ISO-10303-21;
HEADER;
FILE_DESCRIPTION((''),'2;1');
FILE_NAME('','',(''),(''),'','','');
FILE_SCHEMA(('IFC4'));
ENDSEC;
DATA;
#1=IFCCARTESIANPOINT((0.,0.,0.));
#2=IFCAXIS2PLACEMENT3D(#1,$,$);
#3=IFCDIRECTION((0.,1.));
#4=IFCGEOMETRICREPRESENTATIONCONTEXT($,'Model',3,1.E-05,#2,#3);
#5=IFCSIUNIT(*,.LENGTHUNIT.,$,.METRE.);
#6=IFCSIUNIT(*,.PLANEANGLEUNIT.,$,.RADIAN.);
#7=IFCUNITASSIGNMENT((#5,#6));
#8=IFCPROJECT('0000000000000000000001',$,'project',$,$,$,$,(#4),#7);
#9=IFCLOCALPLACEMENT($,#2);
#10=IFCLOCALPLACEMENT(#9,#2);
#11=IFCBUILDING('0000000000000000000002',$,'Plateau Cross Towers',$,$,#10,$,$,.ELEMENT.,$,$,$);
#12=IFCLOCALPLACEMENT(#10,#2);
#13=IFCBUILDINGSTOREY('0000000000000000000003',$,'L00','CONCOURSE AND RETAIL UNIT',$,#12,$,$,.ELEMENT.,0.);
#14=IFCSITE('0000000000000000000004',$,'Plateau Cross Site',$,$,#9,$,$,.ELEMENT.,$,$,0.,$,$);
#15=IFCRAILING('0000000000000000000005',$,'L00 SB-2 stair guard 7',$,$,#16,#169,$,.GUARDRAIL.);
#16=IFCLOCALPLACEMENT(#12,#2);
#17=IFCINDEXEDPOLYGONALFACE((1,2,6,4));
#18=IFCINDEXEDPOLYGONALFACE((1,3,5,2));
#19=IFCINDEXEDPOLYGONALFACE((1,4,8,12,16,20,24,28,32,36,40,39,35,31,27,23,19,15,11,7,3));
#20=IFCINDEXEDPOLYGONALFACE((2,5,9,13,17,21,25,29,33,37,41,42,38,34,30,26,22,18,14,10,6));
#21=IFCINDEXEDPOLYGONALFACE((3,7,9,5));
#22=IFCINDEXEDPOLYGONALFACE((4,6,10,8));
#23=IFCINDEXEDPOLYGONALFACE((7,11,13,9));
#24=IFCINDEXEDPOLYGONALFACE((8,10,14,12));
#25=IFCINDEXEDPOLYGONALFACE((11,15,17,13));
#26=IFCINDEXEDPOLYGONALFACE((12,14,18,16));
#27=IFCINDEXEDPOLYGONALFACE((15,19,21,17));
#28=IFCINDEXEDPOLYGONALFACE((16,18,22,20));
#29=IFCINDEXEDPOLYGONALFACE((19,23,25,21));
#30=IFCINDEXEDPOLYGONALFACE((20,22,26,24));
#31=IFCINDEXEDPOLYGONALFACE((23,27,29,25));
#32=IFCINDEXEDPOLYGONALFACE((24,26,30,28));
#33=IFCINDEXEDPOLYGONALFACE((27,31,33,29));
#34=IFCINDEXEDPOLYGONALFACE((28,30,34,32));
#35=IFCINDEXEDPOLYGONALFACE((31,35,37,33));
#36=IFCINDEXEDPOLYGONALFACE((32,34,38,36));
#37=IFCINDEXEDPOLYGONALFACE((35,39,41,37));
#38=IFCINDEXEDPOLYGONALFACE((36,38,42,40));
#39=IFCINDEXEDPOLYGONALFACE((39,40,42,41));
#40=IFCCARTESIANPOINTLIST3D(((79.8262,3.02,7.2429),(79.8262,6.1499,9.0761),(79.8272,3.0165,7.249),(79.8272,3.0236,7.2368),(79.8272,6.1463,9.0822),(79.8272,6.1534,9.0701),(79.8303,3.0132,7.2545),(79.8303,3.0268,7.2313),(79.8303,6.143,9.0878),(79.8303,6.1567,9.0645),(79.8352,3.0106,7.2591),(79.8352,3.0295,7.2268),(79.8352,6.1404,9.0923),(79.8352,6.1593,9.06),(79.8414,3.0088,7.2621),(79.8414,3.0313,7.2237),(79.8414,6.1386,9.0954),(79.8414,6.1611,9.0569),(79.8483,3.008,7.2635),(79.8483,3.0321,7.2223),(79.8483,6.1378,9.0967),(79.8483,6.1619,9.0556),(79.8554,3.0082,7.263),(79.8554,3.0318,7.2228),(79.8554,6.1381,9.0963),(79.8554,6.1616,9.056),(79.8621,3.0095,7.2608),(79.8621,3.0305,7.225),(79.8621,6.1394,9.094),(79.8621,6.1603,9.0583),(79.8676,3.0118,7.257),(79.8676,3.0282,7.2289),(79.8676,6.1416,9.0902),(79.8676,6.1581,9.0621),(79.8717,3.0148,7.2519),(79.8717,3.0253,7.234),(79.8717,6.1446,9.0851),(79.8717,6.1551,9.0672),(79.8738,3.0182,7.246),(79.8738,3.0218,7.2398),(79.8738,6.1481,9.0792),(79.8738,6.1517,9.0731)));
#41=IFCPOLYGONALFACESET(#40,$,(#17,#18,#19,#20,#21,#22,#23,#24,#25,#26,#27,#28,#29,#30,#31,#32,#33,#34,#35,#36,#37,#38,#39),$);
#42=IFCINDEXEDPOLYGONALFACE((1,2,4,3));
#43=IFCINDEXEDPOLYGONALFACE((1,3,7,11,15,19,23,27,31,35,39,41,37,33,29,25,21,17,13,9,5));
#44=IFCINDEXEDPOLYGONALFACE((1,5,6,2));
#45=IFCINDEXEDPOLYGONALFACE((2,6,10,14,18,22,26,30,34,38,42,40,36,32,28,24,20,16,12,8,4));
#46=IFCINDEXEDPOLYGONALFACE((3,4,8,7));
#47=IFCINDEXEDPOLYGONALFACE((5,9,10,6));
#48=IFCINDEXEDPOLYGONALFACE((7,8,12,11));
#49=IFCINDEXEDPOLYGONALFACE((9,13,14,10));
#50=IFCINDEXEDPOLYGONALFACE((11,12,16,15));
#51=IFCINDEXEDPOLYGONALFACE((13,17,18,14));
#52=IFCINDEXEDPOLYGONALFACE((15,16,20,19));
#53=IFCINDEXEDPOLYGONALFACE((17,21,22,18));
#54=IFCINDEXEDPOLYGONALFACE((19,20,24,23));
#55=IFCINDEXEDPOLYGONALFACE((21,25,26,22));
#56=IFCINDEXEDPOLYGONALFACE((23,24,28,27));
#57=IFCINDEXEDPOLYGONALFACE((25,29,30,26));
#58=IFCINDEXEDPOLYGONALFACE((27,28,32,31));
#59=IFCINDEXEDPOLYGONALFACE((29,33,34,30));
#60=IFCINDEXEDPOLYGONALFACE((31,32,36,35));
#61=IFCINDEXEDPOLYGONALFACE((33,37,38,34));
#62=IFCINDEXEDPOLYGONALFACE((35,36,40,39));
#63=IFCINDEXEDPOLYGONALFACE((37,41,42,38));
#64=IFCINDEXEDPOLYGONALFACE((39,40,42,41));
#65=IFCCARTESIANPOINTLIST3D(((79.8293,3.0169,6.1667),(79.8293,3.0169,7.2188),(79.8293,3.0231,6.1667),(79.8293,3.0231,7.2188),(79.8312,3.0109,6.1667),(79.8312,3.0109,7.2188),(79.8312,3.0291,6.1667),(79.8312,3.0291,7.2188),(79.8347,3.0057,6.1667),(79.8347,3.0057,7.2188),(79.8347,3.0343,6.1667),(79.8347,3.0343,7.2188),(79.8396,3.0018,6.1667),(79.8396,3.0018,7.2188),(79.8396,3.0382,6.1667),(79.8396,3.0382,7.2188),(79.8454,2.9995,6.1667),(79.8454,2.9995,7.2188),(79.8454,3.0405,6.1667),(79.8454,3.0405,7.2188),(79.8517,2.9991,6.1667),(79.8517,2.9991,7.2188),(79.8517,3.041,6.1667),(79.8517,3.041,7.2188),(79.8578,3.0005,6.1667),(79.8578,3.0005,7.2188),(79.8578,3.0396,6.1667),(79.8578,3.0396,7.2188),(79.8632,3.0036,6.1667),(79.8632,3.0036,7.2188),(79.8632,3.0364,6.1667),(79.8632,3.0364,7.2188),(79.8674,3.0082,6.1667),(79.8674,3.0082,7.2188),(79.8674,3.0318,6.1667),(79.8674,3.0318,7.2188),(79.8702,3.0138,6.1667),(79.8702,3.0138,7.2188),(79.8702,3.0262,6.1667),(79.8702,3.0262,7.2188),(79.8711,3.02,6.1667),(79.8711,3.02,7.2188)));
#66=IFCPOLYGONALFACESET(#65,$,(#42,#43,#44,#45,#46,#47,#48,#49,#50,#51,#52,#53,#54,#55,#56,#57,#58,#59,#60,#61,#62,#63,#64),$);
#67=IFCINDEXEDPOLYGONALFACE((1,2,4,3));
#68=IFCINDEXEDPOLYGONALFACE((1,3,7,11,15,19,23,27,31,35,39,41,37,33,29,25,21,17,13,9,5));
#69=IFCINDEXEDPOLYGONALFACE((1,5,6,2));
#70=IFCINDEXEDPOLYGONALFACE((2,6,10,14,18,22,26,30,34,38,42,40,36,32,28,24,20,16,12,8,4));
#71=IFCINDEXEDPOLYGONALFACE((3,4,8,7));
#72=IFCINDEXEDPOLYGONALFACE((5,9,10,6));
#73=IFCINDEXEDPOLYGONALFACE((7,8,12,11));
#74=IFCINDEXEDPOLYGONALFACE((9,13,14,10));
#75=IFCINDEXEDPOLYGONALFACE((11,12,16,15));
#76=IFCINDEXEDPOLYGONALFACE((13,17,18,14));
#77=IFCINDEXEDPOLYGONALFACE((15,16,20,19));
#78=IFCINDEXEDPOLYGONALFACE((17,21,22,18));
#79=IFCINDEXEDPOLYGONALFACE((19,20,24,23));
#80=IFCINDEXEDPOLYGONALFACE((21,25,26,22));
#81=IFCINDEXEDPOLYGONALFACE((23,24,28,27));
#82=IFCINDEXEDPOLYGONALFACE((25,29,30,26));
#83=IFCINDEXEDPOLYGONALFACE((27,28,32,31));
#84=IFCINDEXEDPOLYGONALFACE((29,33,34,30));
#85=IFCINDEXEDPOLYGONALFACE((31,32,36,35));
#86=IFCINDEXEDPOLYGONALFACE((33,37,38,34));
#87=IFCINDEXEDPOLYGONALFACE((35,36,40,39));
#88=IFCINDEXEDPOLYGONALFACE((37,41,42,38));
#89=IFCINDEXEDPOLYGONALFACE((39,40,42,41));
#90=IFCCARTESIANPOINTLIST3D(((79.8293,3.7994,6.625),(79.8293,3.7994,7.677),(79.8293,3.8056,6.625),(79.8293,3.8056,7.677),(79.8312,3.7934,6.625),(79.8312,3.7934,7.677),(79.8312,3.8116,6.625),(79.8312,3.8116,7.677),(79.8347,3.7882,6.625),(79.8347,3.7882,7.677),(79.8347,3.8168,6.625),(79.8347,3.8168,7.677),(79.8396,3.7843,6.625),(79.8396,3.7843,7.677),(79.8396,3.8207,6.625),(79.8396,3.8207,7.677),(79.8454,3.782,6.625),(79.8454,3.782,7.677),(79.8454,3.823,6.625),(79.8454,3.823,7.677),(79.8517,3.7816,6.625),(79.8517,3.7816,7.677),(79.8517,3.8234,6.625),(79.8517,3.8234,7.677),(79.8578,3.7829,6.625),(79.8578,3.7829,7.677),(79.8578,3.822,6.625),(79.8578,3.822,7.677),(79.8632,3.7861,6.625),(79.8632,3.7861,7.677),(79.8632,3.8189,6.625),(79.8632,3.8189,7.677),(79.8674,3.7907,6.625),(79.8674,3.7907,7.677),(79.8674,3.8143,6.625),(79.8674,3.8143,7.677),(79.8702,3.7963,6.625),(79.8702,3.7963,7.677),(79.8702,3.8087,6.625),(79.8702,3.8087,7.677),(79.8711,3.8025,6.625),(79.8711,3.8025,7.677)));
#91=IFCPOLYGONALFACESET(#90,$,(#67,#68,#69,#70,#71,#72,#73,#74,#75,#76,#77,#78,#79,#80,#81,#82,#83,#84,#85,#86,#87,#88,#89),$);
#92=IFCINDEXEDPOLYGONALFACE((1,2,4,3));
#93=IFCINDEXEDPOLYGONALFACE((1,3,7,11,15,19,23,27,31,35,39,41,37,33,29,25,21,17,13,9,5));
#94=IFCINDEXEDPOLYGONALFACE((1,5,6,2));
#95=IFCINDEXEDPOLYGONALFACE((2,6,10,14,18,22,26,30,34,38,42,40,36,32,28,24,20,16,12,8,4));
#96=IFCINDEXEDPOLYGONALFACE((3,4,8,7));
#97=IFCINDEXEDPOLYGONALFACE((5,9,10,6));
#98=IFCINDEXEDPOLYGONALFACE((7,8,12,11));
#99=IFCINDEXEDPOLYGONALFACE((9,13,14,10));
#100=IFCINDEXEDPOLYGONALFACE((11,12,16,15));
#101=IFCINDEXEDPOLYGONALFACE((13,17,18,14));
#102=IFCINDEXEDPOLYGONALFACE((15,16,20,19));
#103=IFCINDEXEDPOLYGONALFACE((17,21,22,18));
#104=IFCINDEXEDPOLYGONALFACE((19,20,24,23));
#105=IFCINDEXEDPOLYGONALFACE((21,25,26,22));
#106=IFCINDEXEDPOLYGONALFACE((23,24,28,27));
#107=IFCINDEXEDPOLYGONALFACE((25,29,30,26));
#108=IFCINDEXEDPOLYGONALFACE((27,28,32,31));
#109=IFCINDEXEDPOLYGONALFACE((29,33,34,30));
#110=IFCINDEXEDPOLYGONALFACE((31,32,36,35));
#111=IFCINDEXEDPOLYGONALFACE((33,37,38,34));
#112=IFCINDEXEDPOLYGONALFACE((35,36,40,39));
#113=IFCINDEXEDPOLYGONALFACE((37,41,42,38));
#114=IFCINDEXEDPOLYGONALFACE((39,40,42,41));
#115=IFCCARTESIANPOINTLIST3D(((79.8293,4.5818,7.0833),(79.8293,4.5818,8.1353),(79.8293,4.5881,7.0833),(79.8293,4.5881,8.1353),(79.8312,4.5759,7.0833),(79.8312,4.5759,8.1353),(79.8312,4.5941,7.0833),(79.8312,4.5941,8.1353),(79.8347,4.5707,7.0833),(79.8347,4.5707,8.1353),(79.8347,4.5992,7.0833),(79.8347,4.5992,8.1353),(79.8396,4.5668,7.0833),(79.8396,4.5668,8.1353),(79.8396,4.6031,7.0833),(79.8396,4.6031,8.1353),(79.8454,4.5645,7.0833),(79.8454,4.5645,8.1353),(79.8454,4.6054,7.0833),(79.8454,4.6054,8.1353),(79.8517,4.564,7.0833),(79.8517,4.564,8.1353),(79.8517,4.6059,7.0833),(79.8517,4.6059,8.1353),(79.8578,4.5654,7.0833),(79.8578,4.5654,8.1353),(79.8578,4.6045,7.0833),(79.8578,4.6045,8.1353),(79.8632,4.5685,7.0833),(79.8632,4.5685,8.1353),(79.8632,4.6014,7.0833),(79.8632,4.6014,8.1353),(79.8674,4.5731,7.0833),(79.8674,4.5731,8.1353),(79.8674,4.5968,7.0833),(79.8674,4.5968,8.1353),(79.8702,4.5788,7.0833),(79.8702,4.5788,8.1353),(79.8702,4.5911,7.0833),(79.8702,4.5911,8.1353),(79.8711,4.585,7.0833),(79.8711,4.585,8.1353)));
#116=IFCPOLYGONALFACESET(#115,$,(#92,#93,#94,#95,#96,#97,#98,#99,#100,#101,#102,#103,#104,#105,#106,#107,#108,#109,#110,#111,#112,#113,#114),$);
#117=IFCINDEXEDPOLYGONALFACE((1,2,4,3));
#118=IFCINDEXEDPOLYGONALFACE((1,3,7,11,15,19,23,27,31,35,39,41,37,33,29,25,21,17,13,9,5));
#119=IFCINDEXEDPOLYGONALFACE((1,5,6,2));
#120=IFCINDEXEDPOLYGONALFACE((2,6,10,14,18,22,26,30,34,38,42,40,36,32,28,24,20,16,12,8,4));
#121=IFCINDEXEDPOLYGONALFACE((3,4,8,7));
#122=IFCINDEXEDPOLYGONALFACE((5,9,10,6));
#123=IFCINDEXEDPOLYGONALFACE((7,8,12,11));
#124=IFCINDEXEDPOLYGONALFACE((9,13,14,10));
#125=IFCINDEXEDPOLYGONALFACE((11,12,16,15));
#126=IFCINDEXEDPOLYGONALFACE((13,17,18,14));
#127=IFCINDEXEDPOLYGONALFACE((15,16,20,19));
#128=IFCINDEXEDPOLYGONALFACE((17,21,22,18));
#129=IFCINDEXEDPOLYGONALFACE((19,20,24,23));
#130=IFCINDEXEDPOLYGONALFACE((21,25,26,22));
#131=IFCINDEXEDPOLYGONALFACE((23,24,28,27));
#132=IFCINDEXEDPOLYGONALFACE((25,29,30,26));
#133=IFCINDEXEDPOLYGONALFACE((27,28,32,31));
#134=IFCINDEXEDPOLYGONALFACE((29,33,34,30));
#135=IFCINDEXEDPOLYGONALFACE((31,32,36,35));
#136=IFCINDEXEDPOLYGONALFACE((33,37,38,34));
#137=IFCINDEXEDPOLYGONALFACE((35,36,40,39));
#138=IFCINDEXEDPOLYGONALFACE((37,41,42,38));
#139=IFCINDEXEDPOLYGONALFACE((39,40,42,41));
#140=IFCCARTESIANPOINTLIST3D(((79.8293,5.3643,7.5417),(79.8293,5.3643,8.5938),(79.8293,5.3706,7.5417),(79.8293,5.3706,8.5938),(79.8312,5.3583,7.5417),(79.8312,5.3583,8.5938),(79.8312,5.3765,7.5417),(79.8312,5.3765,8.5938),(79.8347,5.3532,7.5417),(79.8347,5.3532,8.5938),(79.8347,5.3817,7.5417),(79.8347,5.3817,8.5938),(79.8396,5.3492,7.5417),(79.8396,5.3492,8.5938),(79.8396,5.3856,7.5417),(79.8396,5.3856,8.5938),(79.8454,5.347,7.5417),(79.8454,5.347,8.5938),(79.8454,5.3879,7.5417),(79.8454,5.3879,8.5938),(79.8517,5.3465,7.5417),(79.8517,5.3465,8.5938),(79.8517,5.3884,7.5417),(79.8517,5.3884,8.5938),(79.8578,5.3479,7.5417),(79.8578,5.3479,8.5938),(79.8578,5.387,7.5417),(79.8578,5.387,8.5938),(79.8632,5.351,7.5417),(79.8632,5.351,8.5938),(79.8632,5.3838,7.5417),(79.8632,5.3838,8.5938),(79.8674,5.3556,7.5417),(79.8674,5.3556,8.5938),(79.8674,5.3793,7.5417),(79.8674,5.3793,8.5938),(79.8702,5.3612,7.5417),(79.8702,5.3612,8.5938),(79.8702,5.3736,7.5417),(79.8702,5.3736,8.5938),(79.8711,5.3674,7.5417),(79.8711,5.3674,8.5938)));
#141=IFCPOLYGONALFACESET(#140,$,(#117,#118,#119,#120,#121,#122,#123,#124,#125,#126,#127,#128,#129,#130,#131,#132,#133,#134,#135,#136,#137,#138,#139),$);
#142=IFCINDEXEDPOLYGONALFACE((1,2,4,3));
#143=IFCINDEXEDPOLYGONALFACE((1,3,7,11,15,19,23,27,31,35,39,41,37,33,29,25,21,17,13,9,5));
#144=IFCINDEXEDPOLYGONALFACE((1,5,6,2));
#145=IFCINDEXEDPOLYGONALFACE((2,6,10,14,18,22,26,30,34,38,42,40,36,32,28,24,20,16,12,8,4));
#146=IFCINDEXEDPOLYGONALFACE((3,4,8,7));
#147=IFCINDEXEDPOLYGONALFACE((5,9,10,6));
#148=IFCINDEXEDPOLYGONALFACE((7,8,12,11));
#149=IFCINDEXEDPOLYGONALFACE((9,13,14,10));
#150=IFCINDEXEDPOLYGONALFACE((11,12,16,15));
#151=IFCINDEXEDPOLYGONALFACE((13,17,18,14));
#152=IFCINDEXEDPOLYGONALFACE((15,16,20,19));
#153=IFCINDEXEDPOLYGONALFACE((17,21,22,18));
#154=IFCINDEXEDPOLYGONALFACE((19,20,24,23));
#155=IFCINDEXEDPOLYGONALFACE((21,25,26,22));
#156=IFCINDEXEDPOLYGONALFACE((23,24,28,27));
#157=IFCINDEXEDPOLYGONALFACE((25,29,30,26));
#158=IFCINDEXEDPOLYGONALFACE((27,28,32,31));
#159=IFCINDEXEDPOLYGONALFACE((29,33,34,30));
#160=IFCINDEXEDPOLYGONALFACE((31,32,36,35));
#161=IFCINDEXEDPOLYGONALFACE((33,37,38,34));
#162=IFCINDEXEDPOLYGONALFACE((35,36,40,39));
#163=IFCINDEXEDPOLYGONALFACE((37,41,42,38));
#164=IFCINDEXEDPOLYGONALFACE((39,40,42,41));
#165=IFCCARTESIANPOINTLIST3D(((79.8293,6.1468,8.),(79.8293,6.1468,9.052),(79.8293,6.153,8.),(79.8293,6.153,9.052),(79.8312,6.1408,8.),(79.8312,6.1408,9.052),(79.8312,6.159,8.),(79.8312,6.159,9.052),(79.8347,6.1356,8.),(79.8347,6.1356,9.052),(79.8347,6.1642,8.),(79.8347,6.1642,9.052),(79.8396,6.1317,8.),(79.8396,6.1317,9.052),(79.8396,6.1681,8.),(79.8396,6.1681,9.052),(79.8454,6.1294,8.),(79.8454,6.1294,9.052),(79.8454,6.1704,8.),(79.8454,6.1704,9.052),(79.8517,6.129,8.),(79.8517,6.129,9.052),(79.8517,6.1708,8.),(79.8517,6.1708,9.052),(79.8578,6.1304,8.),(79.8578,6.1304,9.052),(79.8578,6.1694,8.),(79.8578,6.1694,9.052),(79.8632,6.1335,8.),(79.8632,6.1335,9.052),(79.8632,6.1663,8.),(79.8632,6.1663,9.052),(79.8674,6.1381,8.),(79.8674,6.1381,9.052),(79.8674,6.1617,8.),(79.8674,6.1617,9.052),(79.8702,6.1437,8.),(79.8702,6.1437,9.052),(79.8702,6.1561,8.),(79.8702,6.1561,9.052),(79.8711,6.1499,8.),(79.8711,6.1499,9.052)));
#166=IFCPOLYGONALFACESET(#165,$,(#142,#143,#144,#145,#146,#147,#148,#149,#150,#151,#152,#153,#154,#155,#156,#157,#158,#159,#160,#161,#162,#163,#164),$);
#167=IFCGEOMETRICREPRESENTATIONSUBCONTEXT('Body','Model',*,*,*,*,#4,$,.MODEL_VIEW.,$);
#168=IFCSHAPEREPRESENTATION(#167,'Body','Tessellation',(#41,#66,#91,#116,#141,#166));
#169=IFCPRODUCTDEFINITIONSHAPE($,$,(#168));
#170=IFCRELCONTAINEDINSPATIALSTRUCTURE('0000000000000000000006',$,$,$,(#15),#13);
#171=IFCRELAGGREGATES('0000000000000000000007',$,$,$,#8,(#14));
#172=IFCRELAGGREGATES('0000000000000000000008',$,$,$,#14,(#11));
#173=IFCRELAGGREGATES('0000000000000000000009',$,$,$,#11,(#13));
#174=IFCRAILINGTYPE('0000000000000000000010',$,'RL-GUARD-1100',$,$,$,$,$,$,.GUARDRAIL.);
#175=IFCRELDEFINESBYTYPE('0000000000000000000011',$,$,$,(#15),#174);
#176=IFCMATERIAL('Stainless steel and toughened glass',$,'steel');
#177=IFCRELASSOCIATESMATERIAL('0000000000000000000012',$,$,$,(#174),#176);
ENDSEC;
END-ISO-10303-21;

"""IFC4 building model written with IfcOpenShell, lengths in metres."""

from ifc_helpers import new_model, si_unit, direction, frame, origin, origin_2d, place, context, subcontext, project, spatial, circle, extrude, material, type_object, element, save


model = new_model("IFC4")

# Units and contexts
model_context = context("Model", 3, precision=1e-05, world=origin(), true_north=direction((0.0, 1.0)))
body_context = subcontext(model_context, "Body", "Model", "MODEL_VIEW")
ifc_project = project(units=[si_unit("LENGTHUNIT", "METRE"), si_unit("PLANEANGLEUNIT", "RADIAN")], contexts=[model_context])

# Site, building, storey
site_placement = place(None, origin())
site = spatial("IfcSite", under=ifc_project, at=site_placement, Name="Plateau Cross Site", CompositionType="ELEMENT", RefElevation=0.0)
building_placement = place(site_placement, origin())
building = spatial("IfcBuilding", under=site, at=building_placement, Name="Plateau Cross Towers", CompositionType="ELEMENT")
storey_placement = place(building_placement, origin())
storey = spatial("IfcBuildingStorey", under=building, at=storey_placement, Name="L00", Description="CONCOURSE AND RETAIL UNIT", CompositionType="ELEMENT", Elevation=0.0)

# Railing
ifc_material_1 = material(Name="Stainless steel and toughened glass", Category="steel")
railing_type_1 = type_object("IfcRailingType", Name="RL-GUARD-1100", PredefinedType="GUARDRAIL", material=ifc_material_1)
railing_1_placement = place(storey_placement, frame((79.8501, 3.02, 6.1667)))
element("IfcRailing", 1, at=railing_1_placement, inside=storey, type_object=railing_type_1, Name="L00 SB-2 stair guard 7", PredefinedType="GUARDRAIL", context=body_context, shape_type="SweptSolid", body=[
    extrude(circle(Radius=0.0239, at=origin_2d()), frame((0.0, 0.0, 1.0762), z_axis=(0.0, 0.862879, 0.50541), x_axis=(-1.0, 0.0, 0.0)), (0.0, 0.0, 1.0), 3.6272),
    extrude(circle(Radius=0.021, at=origin_2d()), origin(), (0.0, 0.0, 1.0), 1.052),
    extrude(circle(Radius=0.021, at=origin_2d()), frame((0.0, 0.7825, 0.4583)), (0.0, 0.0, 1.0), 1.052),
    extrude(circle(Radius=0.021, at=origin_2d()), frame((0.0, 1.5649, 0.9165)), (0.0, 0.0, 1.0), 1.052),
    extrude(circle(Radius=0.021, at=origin_2d()), frame((0.0, 2.3474, 1.375)), (0.0, 0.0, 1.0), 1.052),
    extrude(circle(Radius=0.021, at=origin_2d()), frame((0.0, 3.1299, 1.8333)), (0.0, 0.0, 1.0), 1.052),
])

save(model, "model.ifc")
